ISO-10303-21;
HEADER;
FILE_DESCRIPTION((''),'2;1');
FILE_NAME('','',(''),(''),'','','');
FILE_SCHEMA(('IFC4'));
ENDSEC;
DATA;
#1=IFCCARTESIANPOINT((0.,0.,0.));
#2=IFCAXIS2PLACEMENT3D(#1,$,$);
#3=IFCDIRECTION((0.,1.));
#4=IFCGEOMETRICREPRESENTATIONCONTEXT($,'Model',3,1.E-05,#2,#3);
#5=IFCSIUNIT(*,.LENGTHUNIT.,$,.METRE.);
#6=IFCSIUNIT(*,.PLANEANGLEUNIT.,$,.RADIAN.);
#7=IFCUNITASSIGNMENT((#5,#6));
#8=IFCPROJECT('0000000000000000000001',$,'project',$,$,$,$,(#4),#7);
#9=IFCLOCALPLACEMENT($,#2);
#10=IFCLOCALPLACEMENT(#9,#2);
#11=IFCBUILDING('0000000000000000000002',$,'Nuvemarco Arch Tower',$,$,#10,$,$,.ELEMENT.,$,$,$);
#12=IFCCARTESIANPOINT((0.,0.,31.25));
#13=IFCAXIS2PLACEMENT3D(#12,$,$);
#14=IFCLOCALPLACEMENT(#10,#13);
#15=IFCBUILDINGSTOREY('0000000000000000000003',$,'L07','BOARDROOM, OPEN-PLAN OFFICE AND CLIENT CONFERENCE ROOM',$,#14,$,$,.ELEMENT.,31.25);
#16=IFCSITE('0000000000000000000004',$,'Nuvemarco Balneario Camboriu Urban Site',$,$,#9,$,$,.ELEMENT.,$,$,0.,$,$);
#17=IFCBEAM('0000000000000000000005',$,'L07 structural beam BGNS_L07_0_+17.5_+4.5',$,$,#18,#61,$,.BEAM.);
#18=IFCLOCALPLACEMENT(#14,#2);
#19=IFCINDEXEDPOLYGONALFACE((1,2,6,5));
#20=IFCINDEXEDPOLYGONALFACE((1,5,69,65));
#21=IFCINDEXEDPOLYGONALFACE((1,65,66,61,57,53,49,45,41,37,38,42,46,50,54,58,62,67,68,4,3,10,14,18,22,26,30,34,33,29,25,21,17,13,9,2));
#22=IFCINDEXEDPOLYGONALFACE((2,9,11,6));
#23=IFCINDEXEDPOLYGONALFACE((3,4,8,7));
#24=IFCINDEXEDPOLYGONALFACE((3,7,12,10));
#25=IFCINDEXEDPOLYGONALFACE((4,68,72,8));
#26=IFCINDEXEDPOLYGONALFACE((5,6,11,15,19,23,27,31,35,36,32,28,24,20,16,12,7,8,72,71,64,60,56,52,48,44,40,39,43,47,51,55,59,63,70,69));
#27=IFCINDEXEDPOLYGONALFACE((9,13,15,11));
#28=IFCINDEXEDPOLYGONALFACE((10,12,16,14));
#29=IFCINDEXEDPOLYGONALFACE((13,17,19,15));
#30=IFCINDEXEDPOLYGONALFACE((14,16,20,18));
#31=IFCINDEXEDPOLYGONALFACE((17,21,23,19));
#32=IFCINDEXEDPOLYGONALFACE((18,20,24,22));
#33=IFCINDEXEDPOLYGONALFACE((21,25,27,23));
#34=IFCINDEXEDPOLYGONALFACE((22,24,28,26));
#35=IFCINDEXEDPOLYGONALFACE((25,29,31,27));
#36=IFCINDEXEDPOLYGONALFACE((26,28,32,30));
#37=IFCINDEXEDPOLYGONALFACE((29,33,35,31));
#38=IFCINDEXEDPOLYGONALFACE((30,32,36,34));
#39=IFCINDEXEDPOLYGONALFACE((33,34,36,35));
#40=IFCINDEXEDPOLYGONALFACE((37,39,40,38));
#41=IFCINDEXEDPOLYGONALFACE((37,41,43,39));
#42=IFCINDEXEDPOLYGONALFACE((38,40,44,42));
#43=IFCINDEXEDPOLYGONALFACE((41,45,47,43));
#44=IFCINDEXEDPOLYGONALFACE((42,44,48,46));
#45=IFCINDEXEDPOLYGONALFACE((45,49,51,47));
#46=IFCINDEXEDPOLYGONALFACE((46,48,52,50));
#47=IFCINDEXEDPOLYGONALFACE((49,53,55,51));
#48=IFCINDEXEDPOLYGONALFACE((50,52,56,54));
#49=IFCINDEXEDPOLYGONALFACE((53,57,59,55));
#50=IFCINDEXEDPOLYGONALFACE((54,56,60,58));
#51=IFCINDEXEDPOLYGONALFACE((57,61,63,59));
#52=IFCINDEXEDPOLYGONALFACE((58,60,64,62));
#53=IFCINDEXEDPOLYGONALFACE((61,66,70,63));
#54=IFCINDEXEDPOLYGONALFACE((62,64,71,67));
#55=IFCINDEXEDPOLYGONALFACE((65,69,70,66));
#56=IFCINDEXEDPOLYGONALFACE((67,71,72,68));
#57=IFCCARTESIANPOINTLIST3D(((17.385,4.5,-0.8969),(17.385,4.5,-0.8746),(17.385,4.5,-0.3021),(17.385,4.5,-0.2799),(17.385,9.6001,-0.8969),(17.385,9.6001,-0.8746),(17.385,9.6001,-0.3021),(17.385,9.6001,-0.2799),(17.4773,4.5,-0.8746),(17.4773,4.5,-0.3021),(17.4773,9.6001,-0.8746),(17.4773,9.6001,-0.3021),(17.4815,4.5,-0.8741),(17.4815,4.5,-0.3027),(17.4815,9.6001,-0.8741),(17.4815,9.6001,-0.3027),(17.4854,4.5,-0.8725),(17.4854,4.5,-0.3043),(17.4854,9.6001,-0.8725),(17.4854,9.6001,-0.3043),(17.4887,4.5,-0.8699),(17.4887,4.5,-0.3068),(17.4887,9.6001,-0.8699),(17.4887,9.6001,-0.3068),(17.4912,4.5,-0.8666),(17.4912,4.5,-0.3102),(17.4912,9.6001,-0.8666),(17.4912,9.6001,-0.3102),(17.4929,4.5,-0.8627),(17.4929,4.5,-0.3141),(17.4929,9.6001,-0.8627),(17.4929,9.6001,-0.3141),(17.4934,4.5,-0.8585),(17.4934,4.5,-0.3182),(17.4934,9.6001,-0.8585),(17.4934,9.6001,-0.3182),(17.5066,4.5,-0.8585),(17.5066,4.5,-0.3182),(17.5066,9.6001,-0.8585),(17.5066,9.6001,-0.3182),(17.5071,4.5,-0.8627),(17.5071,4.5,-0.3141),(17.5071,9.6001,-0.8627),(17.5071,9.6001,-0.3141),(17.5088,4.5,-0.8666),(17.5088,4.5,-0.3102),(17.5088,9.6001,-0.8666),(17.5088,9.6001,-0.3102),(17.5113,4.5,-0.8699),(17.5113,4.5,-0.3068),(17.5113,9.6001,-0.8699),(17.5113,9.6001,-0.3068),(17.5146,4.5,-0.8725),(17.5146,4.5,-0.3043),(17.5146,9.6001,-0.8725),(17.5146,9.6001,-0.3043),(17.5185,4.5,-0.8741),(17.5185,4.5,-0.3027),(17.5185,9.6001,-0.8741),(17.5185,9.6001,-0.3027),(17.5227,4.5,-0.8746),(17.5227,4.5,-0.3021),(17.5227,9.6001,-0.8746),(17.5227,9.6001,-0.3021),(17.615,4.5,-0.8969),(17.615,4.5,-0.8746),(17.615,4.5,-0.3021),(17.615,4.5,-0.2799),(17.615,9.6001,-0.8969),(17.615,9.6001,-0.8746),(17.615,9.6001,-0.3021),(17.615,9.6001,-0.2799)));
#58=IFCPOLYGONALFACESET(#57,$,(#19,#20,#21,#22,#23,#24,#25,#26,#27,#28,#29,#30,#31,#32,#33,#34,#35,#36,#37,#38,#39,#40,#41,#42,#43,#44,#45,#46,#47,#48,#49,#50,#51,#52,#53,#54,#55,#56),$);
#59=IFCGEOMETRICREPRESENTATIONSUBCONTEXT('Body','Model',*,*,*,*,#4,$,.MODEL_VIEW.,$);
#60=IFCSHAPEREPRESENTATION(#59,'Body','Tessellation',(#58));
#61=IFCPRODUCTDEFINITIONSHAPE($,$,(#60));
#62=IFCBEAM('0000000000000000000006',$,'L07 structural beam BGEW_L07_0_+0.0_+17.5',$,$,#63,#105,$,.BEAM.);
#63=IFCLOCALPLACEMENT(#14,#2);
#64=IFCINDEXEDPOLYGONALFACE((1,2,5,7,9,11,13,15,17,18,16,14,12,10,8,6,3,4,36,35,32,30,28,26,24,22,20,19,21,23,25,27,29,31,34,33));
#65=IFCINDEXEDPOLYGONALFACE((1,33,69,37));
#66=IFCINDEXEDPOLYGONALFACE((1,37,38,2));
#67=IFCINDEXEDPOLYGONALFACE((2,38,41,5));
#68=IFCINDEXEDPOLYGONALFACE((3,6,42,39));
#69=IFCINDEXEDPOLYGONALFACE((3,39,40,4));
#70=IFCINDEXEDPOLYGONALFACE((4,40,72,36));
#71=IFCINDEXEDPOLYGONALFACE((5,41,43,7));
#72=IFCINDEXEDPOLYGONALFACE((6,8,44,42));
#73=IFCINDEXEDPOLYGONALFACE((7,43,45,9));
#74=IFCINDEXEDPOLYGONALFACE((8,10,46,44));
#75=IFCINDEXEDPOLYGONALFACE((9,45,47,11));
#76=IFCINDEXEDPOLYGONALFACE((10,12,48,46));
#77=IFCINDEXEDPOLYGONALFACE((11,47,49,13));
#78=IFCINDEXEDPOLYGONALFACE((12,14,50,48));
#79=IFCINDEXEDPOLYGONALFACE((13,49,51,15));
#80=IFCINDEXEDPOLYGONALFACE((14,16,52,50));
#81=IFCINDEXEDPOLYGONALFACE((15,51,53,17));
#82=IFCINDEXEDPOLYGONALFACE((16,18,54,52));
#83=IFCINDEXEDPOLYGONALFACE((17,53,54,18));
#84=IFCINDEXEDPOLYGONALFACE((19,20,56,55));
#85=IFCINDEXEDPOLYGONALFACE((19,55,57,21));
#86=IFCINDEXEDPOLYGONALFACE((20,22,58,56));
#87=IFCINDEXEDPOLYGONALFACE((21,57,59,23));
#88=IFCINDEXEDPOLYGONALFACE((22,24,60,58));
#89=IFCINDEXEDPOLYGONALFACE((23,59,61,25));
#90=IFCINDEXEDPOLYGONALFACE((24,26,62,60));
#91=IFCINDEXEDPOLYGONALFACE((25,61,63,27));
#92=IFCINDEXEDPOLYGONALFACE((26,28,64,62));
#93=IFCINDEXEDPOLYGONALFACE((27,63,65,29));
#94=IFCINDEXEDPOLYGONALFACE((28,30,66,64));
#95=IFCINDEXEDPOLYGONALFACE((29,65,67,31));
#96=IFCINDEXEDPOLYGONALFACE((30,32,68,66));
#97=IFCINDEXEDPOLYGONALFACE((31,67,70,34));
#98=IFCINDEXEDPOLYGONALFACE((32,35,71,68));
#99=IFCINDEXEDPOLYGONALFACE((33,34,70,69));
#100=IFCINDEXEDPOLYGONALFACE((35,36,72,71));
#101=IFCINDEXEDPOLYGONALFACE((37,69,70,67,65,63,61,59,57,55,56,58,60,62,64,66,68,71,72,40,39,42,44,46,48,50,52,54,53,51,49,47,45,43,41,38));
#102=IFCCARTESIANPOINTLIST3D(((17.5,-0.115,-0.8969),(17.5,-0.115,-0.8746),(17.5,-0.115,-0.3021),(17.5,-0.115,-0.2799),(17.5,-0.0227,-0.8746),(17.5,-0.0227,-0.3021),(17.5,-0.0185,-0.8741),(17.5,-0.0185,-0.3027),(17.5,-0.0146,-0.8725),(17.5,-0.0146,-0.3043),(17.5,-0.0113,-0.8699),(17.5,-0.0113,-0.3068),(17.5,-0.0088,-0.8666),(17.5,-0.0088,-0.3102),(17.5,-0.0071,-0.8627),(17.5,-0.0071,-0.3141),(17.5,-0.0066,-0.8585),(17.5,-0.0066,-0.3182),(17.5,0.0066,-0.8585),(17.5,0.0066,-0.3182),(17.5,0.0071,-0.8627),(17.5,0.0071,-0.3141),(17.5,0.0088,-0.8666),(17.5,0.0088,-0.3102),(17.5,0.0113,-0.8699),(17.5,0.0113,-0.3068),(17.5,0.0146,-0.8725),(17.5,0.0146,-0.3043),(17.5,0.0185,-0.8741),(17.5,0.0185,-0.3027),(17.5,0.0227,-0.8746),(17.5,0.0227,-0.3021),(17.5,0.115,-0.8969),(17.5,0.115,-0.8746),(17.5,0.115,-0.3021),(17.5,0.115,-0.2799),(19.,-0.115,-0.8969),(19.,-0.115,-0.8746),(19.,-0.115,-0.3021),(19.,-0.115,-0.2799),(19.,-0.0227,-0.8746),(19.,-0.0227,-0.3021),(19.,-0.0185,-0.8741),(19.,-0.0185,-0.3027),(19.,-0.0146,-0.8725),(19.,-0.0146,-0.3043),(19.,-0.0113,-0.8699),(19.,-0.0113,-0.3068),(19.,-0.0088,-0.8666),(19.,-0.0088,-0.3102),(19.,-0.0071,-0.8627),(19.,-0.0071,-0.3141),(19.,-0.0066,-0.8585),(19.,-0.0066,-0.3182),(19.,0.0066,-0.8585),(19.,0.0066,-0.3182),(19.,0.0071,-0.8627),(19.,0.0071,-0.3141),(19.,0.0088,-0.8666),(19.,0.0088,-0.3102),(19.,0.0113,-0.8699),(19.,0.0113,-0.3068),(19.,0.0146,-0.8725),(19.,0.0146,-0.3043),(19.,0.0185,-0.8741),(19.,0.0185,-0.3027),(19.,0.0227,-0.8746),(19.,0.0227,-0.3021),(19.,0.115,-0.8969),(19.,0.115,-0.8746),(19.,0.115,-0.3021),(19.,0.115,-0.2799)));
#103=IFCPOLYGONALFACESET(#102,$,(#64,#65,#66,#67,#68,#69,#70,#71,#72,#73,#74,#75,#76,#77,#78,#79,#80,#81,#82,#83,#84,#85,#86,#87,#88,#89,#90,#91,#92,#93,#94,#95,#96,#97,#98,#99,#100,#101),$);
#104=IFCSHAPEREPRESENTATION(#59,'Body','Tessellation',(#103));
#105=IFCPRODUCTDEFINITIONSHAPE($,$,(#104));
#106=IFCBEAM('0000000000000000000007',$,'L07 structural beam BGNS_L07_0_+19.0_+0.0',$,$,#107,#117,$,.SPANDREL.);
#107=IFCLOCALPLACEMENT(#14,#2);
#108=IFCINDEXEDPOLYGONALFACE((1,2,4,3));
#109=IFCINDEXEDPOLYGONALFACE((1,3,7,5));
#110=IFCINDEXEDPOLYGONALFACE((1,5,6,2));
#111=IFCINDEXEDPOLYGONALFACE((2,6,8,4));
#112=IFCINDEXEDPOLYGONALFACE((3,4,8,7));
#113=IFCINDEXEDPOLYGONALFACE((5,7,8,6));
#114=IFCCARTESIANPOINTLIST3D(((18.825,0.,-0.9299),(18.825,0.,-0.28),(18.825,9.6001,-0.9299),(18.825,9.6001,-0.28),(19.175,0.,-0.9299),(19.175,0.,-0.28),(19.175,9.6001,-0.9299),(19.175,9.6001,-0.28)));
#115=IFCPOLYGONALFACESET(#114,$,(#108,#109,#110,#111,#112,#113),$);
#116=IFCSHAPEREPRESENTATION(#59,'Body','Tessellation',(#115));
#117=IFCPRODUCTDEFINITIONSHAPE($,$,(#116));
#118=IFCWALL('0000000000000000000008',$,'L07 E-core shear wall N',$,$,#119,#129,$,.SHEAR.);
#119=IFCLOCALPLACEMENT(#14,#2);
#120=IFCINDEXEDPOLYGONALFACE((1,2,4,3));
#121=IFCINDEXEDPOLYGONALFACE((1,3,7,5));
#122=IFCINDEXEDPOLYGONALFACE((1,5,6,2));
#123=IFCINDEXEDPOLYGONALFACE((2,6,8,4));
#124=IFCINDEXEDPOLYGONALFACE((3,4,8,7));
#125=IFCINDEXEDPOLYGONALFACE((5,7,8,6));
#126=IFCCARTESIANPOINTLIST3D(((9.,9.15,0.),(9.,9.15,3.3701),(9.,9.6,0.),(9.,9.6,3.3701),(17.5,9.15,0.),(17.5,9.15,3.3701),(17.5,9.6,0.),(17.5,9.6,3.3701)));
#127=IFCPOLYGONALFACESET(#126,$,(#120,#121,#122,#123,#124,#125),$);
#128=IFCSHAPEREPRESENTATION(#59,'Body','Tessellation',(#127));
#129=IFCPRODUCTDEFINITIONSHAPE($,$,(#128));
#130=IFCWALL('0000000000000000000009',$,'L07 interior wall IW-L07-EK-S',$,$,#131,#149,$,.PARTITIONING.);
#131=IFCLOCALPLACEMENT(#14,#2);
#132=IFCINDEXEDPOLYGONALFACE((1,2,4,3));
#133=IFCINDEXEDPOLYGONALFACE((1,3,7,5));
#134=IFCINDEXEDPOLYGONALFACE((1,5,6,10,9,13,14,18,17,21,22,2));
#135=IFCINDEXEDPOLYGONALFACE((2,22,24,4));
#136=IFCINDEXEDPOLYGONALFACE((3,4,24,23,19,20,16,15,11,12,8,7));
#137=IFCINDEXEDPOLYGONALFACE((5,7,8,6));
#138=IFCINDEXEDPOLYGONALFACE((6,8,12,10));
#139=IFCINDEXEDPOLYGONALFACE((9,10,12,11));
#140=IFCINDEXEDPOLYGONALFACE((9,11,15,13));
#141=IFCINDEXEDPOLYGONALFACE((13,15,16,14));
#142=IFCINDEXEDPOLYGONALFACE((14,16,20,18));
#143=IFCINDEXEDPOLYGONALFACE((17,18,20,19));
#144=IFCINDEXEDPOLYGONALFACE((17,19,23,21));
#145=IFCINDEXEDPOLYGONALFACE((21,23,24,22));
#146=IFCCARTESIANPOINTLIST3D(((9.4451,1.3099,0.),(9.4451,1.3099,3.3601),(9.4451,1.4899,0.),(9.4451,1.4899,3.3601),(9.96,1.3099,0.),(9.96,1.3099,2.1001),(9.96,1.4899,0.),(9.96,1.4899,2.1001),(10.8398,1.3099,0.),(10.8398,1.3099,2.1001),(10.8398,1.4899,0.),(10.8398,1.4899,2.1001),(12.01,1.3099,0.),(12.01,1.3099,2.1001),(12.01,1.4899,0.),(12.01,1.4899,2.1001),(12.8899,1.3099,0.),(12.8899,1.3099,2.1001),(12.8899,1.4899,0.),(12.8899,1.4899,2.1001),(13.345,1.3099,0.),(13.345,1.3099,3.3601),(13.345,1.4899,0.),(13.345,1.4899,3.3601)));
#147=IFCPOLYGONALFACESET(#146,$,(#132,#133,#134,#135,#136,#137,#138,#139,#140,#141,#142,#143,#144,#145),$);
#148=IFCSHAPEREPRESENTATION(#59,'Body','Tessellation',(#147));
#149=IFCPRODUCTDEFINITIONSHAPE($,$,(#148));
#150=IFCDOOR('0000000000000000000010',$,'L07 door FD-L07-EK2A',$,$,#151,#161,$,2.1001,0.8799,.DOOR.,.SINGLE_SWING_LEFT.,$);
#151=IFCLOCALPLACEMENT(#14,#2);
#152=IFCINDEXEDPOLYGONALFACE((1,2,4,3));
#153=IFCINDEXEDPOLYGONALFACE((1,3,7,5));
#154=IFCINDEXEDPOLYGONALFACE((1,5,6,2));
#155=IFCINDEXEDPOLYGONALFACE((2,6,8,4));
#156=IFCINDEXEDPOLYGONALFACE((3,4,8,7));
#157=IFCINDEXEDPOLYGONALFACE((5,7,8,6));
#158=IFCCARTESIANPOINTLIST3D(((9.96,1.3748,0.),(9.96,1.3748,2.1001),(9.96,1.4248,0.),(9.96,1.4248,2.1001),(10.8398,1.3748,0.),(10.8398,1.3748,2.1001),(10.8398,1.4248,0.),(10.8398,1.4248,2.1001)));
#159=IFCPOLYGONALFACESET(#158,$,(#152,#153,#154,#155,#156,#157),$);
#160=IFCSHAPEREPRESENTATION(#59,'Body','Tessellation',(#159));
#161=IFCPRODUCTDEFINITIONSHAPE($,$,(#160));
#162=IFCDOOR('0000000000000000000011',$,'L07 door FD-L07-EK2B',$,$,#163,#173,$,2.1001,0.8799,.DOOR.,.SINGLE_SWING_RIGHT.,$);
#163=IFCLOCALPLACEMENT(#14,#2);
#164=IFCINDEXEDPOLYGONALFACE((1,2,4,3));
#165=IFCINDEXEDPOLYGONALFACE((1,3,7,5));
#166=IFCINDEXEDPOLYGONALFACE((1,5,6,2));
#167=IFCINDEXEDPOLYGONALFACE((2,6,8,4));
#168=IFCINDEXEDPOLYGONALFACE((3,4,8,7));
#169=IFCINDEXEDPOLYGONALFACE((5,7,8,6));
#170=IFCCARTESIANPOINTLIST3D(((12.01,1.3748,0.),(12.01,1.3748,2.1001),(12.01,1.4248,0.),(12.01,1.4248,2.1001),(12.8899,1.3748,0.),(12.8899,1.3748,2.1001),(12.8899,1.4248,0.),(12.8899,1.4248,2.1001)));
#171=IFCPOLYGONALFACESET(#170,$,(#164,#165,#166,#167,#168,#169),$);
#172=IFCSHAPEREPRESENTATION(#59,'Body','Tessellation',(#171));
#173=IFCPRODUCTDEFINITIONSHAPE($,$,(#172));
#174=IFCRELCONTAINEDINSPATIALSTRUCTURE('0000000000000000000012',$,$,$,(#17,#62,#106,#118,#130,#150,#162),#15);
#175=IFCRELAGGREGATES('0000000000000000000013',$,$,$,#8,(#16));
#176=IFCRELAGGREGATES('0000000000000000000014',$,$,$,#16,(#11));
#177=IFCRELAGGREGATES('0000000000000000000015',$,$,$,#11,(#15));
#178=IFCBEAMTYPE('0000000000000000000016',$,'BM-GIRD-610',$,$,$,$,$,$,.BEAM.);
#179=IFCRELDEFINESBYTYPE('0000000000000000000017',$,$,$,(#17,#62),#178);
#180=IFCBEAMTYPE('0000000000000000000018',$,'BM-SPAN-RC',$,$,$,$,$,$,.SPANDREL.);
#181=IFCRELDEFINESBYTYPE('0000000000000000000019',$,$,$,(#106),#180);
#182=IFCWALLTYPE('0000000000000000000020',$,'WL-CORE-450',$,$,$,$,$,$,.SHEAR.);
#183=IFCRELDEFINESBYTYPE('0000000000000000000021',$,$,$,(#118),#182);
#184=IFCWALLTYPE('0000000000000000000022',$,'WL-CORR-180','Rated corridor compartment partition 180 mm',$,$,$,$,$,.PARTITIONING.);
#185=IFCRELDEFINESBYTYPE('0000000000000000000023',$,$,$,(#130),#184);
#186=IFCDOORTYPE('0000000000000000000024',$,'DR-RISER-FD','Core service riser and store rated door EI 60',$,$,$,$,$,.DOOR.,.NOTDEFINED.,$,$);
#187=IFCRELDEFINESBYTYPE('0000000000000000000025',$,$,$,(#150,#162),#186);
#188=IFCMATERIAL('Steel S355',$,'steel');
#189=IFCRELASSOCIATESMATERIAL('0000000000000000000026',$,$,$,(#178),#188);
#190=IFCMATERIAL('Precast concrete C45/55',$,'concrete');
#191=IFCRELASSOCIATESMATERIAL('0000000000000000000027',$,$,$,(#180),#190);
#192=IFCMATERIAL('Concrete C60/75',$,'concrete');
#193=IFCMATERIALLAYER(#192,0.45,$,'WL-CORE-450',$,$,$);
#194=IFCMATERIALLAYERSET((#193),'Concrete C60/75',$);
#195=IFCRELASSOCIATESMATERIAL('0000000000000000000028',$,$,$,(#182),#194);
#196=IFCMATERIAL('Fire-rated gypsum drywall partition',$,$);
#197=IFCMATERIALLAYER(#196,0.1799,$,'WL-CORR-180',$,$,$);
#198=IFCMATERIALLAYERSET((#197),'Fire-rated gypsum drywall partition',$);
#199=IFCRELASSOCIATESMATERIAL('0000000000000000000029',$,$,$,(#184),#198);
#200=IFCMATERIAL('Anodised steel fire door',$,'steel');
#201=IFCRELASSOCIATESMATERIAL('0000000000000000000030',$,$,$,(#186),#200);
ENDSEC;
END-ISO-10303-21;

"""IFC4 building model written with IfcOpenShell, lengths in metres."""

from ifc_helpers import new_model, si_unit, direction, frame, frame_2d, origin, origin_2d, place, context, subcontext, project, spatial, rectangle, i_section, extrude, source, transform, mapped, material, layer, layer_set, material_profile, profile_set, type_object, type_shapes, element, fill, save


model = new_model("IFC4")

# Units and contexts
model_context = context("Model", 3, precision=1e-05, world=origin(), true_north=direction((0.0, 1.0)))
body_context = subcontext(model_context, "Body", "Model", "MODEL_VIEW")
ifc_project = project(units=[si_unit("LENGTHUNIT", "METRE"), si_unit("PLANEANGLEUNIT", "RADIAN")], contexts=[model_context])

# Site, building, storey
site_placement = place(None, origin())
site = spatial("IfcSite", under=ifc_project, at=site_placement, Name="Nuvemarco Balneario Camboriu Urban Site", CompositionType="ELEMENT", RefElevation=0.0)
building_placement = place(site_placement, origin())
building = spatial("IfcBuilding", under=site, at=building_placement, Name="Nuvemarco Arch Tower", CompositionType="ELEMENT")
storey_placement = place(building_placement, frame((0.0, 0.0, 31.25)))
storey = spatial("IfcBuildingStorey", under=building, at=storey_placement, Name="L07", Description="BOARDROOM, OPEN-PLAN OFFICE AND CLIENT CONFERENCE ROOM", CompositionType="ELEMENT", Elevation=31.25)

# Shared definitions
ifc_material_1 = material(Name="Concrete C60/75", Category="concrete")
ifc_material_2 = material(Name="Steel S355", Category="steel")

# Beams
ifc_material_profile_1 = material_profile(ifc_material_2, i_section(OverallWidth=0.23, OverallDepth=0.6169, WebThickness=0.0132, FlangeThickness=0.0222, FilletRadius=0.0161, at=origin_2d()), Name="W610x140")
ifc_profile_set_1 = profile_set([ifc_material_profile_1], Name="Steel S355")
beam_type_1 = type_object("IfcBeamType", Name="BM-GIRD-610", PredefinedType="BEAM", material=ifc_profile_set_1)
for number, where, z_axis, x_axis, name in (
    (1, (17.5, 4.5, -0.5884), (0.0, 1.0, 0.0), (-1.0, 0.0, 0.0), "L07 structural beam BGNS_L07_0_+17.5_+4.5"),
):
    element("IfcBeam", number, at=place(storey_placement, frame(where, z_axis=z_axis, x_axis=x_axis)), inside=storey, type_object=beam_type_1, Name=name, PredefinedType="BEAM", context=body_context, shape_type="SweptSolid", body=[
        extrude(i_section(OverallWidth=0.23, OverallDepth=0.6169, WebThickness=0.0132, FlangeThickness=0.0222, FilletRadius=0.0161, at=origin_2d()), origin(), (0.0, 0.0, 1.0), 5.1001),
    ])
beam_1_placement = place(storey_placement, frame((17.5, 0.0, -0.5884), z_axis=(1.0, 0.0, 0.0), x_axis=(0.0, 1.0, 0.0)))
element("IfcBeam", 2, at=beam_1_placement, inside=storey, type_object=beam_type_1, Name="L07 structural beam BGEW_L07_0_+0.0_+17.5", PredefinedType="BEAM", context=body_context, shape_type="SweptSolid", body=[
    extrude(i_section(OverallWidth=0.23, OverallDepth=0.6169, WebThickness=0.0132, FlangeThickness=0.0222, FilletRadius=0.0161, at=origin_2d()), origin(), (0.0, 0.0, 1.0), 1.5),
])
ifc_material_3 = material(Name="Precast concrete C45/55", Category="concrete")
ifc_material_profile_2 = material_profile(ifc_material_3, rectangle(XDim=0.3501, YDim=0.6499, at=origin_2d()), Name="PC-SP-350x650")
ifc_profile_set_2 = profile_set([ifc_material_profile_2], Name="Precast concrete C45/55")
beam_type_2 = type_object("IfcBeamType", Name="BM-SPAN-RC", PredefinedType="SPANDREL", material=ifc_profile_set_2)
beam_2_placement = place(storey_placement, frame((19.0, 0.0, -0.605), z_axis=(0.0, 1.0, 0.0), x_axis=(-1.0, 0.0, 0.0)))
element("IfcBeam", 3, at=beam_2_placement, inside=storey, type_object=beam_type_2, Name="L07 structural beam BGNS_L07_0_+19.0_+0.0", PredefinedType="SPANDREL", context=body_context, shape_type="SweptSolid", body=[
    extrude(rectangle(XDim=0.3501, YDim=0.6499, at=origin_2d()), origin(), (0.0, 0.0, 1.0), 9.6001),
])

# Wall
ifc_layer_1 = layer(ifc_material_1, 0.45, Name="WL-CORE-450")
ifc_layer_set_1 = layer_set([ifc_layer_1], Name="Concrete C60/75")
wall_type_1 = type_object("IfcWallType", Name="WL-CORE-450", PredefinedType="SHEAR", material=ifc_layer_set_1)
wall_1_placement = place(storey_placement, frame((9.0, 9.375, 0.0), z_axis=(0.0, 0.0, 1.0), x_axis=(1.0, 0.0, 0.0)))
element("IfcWall", 4, at=wall_1_placement, inside=storey, type_object=wall_type_1, Name="L07 E-core shear wall N", PredefinedType="SHEAR", context=body_context, shape_type="SweptSolid", body=[
    extrude(rectangle(XDim=8.5, YDim=0.45, at=frame_2d((4.25, 0.0))), origin(), (0.0, 0.0, 1.0), 3.3701),
])

# Wall, openings, doors
ifc_material_4 = material(Name="Fire-rated gypsum drywall partition")
ifc_layer_2 = layer(ifc_material_4, 0.1799, Name="WL-CORR-180")
ifc_layer_set_2 = layer_set([ifc_layer_2], Name="Fire-rated gypsum drywall partition")
wall_type_2 = type_object("IfcWallType", Name="WL-CORR-180", Description="Rated corridor compartment partition 180 mm", PredefinedType="PARTITIONING", material=ifc_layer_set_2)
wall_2_placement = place(storey_placement, frame((9.4451, 1.3999, 0.0), z_axis=(0.0, 0.0, 1.0), x_axis=(1.0, 0.0, 0.0)))
wall_2 = element("IfcWall", 5, at=wall_2_placement, inside=storey, type_object=wall_type_2, Name="L07 interior wall IW-L07-EK-S", PredefinedType="PARTITIONING", context=body_context, shape_type="SweptSolid", body=[
    extrude(rectangle(XDim=3.8999, YDim=0.1799, at=frame_2d((1.95, 0.0))), origin(), (0.0, 0.0, 1.0), 3.3601),
])
opening_1_placement = place(wall_2_placement, frame((0.5149, 0.0, 0.0)))
opening_1 = element("IfcOpeningElement", 6, at=opening_1_placement, cuts=wall_2, PredefinedType="OPENING", context=body_context, shape_type="SweptSolid", body=[
    extrude(rectangle(XDim=0.8799, YDim=2.1001, at=frame_2d((0.4399, 1.05))), frame((0.0, 0.0999, 0.0), z_axis=(0.0, -1.0, 0.0), x_axis=(1.0, 0.0, 0.0)), (0.0, 0.0, 1.0), 0.2),
])
opening_2_placement = place(wall_2_placement, frame((2.5649, 0.0, 0.0)))
opening_2 = element("IfcOpeningElement", 7, at=opening_2_placement, cuts=wall_2, PredefinedType="OPENING", context=body_context, shape_type="SweptSolid", body=[
    extrude(rectangle(XDim=0.8799, YDim=2.1001, at=frame_2d((0.4399, 1.05))), frame((0.0, 0.0999, 0.0), z_axis=(0.0, -1.0, 0.0), x_axis=(1.0, 0.0, 0.0)), (0.0, 0.0, 1.0), 0.2),
])
ifc_material_5 = material(Name="Anodised steel fire door", Category="steel")
door_type_1 = type_object("IfcDoorType", Name="DR-RISER-FD", Description="Core service riser and store rated door EI 60", OperationType="NOTDEFINED", PredefinedType="DOOR", material=ifc_material_5)
shared_shape_1 = source(origin(), body_context, "Body", "SweptSolid", [
    extrude(rectangle(XDim=0.8799, YDim=2.1001, at=frame_2d((0.4399, 1.05))), frame((0.0, 0.0249, 0.0), z_axis=(0.0, -1.0, 0.0), x_axis=(1.0, 0.0, 0.0)), (0.0, 0.0, 1.0), 0.05),
])
type_shapes(door_type_1, [shared_shape_1])
door_1_placement = place(opening_1_placement, origin())
door_1 = element("IfcDoor", 8, at=door_1_placement, inside=storey, type_object=door_type_1, Name="L07 door FD-L07-EK2A", OperationType="SINGLE_SWING_LEFT", OverallHeight=2.1001, OverallWidth=0.8799, PredefinedType="DOOR", context=body_context, shape_type="MappedRepresentation", body=[
    mapped(shared_shape_1, transform((0.0, 0.0, 0.0), scale=1.0)),
])
fill(opening_1, door_1)
door_2_placement = place(opening_2_placement, origin())
door_2 = element("IfcDoor", 9, at=door_2_placement, inside=storey, type_object=door_type_1, Name="L07 door FD-L07-EK2B", OperationType="SINGLE_SWING_RIGHT", OverallHeight=2.1001, OverallWidth=0.8799, PredefinedType="DOOR", context=body_context, shape_type="MappedRepresentation", body=[
    mapped(shared_shape_1, transform((0.0, 0.0, 0.0), scale=1.0)),
])
fill(opening_2, door_2)

save(model, "model.ifc")
